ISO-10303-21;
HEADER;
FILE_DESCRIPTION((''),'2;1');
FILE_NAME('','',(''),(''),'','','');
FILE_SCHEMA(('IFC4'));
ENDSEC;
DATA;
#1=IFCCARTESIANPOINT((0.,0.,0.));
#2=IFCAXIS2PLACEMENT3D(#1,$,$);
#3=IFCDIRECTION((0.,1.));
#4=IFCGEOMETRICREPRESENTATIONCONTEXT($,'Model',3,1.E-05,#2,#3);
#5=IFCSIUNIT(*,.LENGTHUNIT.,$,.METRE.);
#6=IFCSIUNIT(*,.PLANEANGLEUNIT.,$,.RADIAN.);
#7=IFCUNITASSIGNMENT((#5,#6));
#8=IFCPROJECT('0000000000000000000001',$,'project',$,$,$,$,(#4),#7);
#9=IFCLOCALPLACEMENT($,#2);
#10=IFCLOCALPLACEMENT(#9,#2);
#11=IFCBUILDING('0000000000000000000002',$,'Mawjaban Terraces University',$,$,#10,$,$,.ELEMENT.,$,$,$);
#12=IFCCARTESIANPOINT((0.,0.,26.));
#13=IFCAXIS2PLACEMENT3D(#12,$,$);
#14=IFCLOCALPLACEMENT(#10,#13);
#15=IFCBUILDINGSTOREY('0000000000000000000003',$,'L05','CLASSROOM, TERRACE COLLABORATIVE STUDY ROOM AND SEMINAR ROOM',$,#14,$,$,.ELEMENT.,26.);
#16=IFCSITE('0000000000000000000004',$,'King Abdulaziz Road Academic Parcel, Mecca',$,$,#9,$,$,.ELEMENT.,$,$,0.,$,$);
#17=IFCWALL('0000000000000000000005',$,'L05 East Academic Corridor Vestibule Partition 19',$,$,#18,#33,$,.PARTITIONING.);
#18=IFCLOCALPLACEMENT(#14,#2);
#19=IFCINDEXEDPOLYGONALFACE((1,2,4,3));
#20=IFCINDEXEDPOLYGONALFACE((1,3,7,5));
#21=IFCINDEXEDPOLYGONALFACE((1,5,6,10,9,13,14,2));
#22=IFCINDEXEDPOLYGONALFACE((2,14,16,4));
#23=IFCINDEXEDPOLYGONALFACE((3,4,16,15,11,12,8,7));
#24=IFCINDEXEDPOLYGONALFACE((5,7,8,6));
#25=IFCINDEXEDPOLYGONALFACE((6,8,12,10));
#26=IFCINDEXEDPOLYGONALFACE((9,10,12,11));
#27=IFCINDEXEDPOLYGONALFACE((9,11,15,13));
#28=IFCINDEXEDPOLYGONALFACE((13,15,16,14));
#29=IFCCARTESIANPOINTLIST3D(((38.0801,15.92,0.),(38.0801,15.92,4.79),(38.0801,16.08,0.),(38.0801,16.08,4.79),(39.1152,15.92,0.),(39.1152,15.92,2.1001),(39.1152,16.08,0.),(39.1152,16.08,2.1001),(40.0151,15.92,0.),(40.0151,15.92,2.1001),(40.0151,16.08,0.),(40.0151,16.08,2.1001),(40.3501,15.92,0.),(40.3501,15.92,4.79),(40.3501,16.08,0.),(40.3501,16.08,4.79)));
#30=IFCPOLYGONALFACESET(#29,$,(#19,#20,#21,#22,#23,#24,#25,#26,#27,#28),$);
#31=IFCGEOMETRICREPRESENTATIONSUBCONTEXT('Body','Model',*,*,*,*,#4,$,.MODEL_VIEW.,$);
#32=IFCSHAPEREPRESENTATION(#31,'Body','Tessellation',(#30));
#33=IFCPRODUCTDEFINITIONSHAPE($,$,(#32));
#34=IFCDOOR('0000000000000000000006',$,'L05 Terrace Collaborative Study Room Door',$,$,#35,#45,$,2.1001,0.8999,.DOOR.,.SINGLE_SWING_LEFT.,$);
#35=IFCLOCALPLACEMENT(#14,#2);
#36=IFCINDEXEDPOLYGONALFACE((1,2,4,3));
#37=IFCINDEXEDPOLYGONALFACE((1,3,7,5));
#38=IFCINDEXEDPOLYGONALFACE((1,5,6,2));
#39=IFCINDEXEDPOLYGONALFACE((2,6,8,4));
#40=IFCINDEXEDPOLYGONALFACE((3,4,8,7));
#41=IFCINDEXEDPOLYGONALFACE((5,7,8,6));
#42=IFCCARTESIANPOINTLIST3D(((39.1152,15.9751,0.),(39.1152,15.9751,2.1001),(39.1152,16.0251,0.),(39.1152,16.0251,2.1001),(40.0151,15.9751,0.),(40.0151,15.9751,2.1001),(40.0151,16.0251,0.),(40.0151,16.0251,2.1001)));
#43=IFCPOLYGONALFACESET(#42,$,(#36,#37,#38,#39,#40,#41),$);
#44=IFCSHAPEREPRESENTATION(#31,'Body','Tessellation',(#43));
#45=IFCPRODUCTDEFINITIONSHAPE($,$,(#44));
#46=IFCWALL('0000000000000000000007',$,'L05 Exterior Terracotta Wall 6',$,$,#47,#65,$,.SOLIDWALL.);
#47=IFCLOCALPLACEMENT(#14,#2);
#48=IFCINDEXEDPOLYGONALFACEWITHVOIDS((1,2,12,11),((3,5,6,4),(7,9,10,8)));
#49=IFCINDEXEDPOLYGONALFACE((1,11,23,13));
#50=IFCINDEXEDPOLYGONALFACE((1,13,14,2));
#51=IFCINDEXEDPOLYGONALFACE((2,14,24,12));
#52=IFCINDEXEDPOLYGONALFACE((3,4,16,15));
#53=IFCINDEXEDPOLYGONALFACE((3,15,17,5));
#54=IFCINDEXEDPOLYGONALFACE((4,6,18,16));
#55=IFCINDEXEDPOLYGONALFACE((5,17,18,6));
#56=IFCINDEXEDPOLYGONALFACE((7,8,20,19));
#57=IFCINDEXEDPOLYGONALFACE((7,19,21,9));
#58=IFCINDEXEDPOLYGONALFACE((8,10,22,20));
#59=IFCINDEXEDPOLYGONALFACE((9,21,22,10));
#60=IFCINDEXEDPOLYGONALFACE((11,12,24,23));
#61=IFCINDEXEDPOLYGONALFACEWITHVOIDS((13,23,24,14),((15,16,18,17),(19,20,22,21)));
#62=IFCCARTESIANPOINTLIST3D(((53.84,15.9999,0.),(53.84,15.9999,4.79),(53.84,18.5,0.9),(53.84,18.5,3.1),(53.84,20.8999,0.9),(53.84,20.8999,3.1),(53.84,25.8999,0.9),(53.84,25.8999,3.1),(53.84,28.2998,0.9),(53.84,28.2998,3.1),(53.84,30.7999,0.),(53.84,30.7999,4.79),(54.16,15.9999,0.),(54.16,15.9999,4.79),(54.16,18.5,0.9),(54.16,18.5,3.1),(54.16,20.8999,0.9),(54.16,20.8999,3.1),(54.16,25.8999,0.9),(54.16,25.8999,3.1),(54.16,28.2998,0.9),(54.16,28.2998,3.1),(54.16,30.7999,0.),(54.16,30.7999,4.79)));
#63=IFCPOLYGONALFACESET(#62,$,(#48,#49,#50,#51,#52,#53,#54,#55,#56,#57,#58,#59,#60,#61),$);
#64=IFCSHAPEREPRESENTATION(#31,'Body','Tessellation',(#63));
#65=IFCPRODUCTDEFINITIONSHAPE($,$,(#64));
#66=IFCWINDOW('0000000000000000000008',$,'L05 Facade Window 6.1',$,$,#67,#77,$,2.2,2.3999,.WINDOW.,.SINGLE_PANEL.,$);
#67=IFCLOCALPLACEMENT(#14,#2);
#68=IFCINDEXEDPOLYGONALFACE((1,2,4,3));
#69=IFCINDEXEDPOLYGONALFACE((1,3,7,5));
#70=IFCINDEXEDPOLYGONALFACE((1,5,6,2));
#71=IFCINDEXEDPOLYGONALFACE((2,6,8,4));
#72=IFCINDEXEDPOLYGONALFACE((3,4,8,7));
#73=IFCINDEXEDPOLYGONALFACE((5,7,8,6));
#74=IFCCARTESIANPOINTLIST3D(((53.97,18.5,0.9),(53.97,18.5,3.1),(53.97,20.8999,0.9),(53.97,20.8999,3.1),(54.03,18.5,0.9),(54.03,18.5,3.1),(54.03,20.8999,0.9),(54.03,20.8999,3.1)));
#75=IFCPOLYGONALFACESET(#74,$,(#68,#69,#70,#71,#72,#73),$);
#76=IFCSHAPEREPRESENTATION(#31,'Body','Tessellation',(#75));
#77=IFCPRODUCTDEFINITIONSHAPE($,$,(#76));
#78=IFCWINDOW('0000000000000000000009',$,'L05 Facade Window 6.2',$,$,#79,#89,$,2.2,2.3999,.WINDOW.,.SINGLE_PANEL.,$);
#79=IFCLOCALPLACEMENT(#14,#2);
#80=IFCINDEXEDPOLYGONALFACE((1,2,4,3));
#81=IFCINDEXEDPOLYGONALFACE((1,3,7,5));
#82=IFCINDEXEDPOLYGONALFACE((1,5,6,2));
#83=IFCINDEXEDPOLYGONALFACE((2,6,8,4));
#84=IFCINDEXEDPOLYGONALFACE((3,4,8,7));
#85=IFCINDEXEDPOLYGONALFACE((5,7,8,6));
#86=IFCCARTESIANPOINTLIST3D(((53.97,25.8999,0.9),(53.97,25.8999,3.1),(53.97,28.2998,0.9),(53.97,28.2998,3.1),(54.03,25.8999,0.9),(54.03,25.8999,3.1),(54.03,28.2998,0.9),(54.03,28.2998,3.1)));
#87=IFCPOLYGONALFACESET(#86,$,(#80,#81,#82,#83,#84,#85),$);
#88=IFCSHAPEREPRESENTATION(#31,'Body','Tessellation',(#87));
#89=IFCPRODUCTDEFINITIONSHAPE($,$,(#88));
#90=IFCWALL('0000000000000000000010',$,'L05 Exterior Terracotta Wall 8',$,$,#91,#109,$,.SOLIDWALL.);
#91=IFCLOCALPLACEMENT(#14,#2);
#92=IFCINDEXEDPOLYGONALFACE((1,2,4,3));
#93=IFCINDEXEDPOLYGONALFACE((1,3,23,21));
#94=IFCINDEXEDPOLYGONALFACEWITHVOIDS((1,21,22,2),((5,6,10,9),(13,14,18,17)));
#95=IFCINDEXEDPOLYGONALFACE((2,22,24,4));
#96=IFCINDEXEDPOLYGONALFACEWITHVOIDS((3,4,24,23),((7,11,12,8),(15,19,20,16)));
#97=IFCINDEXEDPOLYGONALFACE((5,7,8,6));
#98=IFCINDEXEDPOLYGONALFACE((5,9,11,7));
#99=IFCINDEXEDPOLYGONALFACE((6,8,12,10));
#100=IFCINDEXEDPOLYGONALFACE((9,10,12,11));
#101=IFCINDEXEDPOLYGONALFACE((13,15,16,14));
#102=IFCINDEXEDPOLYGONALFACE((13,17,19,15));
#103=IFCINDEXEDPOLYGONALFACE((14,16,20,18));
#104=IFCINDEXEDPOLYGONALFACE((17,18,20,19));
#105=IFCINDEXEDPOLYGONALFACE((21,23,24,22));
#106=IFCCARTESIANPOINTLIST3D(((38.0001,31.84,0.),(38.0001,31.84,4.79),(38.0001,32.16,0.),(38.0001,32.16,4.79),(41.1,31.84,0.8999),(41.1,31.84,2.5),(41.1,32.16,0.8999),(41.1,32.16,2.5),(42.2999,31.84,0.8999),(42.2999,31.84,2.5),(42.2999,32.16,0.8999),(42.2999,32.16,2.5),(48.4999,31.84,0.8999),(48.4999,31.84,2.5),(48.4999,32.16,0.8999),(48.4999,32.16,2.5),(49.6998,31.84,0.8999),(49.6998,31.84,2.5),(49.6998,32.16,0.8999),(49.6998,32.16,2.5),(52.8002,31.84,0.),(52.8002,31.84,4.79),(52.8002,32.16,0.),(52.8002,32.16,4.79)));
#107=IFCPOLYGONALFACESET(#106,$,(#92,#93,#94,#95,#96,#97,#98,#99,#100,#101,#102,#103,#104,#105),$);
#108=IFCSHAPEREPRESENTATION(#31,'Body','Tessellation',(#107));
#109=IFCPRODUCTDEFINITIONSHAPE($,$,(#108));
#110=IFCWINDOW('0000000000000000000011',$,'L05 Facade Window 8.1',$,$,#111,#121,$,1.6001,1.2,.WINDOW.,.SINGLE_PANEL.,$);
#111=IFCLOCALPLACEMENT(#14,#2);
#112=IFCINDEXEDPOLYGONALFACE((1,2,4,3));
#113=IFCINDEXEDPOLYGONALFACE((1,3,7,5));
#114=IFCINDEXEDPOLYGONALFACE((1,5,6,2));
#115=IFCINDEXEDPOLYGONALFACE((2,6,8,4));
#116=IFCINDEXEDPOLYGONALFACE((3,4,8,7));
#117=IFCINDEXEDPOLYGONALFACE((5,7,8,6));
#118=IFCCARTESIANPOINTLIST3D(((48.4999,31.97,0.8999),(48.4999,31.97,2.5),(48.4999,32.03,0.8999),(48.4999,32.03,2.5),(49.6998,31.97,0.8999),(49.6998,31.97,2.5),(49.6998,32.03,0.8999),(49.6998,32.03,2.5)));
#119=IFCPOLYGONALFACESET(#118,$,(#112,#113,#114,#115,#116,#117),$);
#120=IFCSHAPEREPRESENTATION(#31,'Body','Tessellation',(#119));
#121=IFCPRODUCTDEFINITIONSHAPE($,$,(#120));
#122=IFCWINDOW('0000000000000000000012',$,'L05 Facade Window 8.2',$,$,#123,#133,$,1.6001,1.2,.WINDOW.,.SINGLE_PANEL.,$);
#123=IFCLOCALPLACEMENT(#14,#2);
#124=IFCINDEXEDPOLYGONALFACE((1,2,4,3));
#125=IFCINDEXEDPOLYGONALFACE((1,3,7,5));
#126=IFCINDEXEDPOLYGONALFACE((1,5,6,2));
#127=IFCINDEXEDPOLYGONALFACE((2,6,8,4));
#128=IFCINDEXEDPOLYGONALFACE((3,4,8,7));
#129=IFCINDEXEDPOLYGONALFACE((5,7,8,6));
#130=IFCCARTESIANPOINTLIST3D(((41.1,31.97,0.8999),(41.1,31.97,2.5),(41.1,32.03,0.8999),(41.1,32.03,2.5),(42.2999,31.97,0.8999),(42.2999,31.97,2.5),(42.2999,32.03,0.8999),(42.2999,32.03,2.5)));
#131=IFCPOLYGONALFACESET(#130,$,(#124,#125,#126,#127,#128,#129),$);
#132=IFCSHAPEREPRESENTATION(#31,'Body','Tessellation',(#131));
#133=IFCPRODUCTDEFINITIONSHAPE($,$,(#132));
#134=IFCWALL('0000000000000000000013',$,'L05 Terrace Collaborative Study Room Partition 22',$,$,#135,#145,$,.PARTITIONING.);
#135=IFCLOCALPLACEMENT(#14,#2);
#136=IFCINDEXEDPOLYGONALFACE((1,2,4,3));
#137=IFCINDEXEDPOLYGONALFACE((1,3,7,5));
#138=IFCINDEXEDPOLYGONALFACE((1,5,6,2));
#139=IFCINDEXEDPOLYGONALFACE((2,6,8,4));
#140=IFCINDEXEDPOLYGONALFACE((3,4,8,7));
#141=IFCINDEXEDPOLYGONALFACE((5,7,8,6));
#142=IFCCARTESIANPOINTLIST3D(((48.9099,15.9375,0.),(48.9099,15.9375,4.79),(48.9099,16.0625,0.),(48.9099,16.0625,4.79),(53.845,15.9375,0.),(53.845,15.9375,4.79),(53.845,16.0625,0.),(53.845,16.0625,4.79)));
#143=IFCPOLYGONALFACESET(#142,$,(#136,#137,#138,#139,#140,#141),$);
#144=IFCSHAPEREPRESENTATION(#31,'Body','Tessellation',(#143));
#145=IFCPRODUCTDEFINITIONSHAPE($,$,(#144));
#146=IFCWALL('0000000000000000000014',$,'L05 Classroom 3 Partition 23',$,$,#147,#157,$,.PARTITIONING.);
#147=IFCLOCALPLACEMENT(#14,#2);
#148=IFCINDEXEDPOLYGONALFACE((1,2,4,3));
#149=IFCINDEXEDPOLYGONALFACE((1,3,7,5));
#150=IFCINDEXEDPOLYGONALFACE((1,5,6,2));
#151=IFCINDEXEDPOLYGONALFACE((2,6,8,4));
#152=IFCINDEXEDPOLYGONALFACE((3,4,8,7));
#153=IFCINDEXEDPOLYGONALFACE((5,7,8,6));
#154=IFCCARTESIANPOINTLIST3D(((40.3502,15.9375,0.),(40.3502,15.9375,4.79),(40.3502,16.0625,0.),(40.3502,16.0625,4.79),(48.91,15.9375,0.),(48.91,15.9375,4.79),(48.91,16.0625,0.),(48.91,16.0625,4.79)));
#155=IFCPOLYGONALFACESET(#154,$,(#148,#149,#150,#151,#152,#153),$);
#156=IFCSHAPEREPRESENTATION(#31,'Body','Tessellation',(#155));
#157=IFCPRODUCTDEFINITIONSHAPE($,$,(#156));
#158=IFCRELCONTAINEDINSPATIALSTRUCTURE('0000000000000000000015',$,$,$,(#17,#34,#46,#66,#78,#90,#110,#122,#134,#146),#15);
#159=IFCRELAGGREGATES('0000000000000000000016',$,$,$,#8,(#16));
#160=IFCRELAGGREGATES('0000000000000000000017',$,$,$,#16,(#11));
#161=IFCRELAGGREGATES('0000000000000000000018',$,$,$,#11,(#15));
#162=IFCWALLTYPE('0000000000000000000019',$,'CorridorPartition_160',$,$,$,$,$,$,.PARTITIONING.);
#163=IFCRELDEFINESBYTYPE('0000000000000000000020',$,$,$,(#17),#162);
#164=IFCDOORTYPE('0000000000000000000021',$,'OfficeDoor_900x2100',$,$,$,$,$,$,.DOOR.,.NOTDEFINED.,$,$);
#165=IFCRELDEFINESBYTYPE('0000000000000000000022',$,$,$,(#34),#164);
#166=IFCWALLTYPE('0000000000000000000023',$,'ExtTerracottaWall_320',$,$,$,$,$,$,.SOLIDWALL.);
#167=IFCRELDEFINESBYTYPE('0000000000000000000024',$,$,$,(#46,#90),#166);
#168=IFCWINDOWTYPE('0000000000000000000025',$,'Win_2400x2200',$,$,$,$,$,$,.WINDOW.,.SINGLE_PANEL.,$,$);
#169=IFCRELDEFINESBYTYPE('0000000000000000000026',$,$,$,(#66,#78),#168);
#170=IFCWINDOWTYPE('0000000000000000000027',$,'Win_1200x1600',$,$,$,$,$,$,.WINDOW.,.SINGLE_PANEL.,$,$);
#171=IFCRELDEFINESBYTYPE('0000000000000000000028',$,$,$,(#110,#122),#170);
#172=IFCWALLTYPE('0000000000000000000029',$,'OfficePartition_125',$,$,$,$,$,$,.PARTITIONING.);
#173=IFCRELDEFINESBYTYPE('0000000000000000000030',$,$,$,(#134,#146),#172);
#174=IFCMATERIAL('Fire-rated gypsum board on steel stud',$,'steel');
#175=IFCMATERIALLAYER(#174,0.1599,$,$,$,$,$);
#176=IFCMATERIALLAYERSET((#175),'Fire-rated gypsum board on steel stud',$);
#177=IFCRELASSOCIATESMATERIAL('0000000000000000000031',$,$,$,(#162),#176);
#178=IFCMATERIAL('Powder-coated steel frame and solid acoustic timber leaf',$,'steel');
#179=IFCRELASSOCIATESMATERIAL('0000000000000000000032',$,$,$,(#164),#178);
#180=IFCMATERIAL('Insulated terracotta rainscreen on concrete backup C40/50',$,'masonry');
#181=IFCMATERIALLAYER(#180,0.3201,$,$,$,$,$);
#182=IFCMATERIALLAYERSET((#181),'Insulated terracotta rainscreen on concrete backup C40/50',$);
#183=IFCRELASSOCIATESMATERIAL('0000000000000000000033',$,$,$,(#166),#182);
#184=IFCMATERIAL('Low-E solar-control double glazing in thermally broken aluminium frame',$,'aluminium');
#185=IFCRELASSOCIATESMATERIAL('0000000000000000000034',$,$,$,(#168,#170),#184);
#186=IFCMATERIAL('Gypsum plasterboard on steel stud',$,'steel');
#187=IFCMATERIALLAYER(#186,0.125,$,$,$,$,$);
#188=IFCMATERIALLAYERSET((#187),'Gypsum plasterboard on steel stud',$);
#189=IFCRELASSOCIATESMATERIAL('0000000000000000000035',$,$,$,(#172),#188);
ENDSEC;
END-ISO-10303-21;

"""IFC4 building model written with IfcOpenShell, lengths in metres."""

from ifc_helpers import new_model, si_unit, direction, frame, frame_2d, origin, place, context, subcontext, project, spatial, rectangle, extrude, material, layer, layer_set, type_object, element, fill, save


model = new_model("IFC4")

# Units and contexts
model_context = context("Model", 3, precision=1e-05, world=origin(), true_north=direction((0.0, 1.0)))
body_context = subcontext(model_context, "Body", "Model", "MODEL_VIEW")
ifc_project = project(units=[si_unit("LENGTHUNIT", "METRE"), si_unit("PLANEANGLEUNIT", "RADIAN")], contexts=[model_context])

# Site, building, storey
site_placement = place(None, origin())
site = spatial("IfcSite", under=ifc_project, at=site_placement, Name="King Abdulaziz Road Academic Parcel, Mecca", CompositionType="ELEMENT", RefElevation=0.0)
building_placement = place(site_placement, origin())
building = spatial("IfcBuilding", under=site, at=building_placement, Name="Mawjaban Terraces University", CompositionType="ELEMENT")
storey_placement = place(building_placement, frame((0.0, 0.0, 26.0)))
storey = spatial("IfcBuildingStorey", under=building, at=storey_placement, Name="L05", Description="CLASSROOM, TERRACE COLLABORATIVE STUDY ROOM AND SEMINAR ROOM", CompositionType="ELEMENT", Elevation=26.0)

# Wall, opening, door
ifc_material_1 = material(Name="Fire-rated gypsum board on steel stud", Category="steel")
ifc_layer_1 = layer(ifc_material_1, 0.1599)
ifc_layer_set_1 = layer_set([ifc_layer_1], Name="Fire-rated gypsum board on steel stud")
wall_type_1 = type_object("IfcWallType", Name="CorridorPartition_160", PredefinedType="PARTITIONING", material=ifc_layer_set_1)
wall_1_placement = place(storey_placement, frame((40.3501, 16.0, 0.0), z_axis=(0.0, 0.0, 1.0), x_axis=(-1.0, 0.0, 0.0)))
wall_1 = element("IfcWall", 1, at=wall_1_placement, inside=storey, type_object=wall_type_1, Name="L05 East Academic Corridor Vestibule Partition 19", PredefinedType="PARTITIONING", context=body_context, shape_type="SweptSolid", body=[
    extrude(rectangle(XDim=2.27, YDim=0.1599, at=frame_2d((1.135, 0.0))), origin(), (0.0, 0.0, 1.0), 4.79),
])
opening_1_placement = place(wall_1_placement, frame((0.335, 0.0, 0.0)))
opening_1 = element("IfcOpeningElement", 2, at=opening_1_placement, cuts=wall_1, PredefinedType="OPENING", context=body_context, shape_type="SweptSolid", body=[
    extrude(rectangle(XDim=0.8999, YDim=2.1001, at=frame_2d((0.45, 1.05))), frame((0.0, 0.0898, 0.0), z_axis=(0.0, -1.0, 0.0), x_axis=(1.0, 0.0, 0.0)), (0.0, 0.0, 1.0), 0.1799),
])
ifc_material_2 = material(Name="Powder-coated steel frame and solid acoustic timber leaf", Category="steel")
door_type = type_object("IfcDoorType", Name="OfficeDoor_900x2100", OperationType="NOTDEFINED", PredefinedType="DOOR", material=ifc_material_2)
door_placement = place(opening_1_placement, origin())
door = element("IfcDoor", 3, at=door_placement, inside=storey, type_object=door_type, Name="L05 Terrace Collaborative Study Room Door", OperationType="SINGLE_SWING_LEFT", OverallHeight=2.1001, OverallWidth=0.8999, PredefinedType="DOOR", context=body_context, shape_type="SweptSolid", body=[
    extrude(rectangle(XDim=0.8999, YDim=2.1001, at=frame_2d((0.45, 1.05))), frame((0.0, 0.0249, 0.0), z_axis=(0.0, -1.0, 0.0), x_axis=(1.0, 0.0, 0.0)), (0.0, 0.0, 1.0), 0.05),
])
fill(opening_1, door)

# Walls, openings, windows
ifc_material_3 = material(Name="Insulated terracotta rainscreen on concrete backup C40/50", Category="masonry")
ifc_layer_2 = layer(ifc_material_3, 0.3201)
ifc_layer_set_2 = layer_set([ifc_layer_2], Name="Insulated terracotta rainscreen on concrete backup C40/50")
wall_type_2 = type_object("IfcWallType", Name="ExtTerracottaWall_320", PredefinedType="SOLIDWALL", material=ifc_layer_set_2)
wall_2_placement = place(storey_placement, frame((54.0, 16.0, 0.0), z_axis=(0.0, 0.0, 1.0), x_axis=(0.0, 1.0, 0.0)))
wall_2 = element("IfcWall", 4, at=wall_2_placement, inside=storey, type_object=wall_type_2, Name="L05 Exterior Terracotta Wall 6", PredefinedType="SOLIDWALL", context=body_context, shape_type="SweptSolid", body=[
    extrude(rectangle(XDim=14.8, YDim=0.3201, at=frame_2d((7.3999, 0.0))), origin(), (0.0, 0.0, 1.0), 4.79),
])
opening_2_placement = place(wall_2_placement, frame((2.5, 0.0, 0.8999)))
opening_2 = element("IfcOpeningElement", 5, at=opening_2_placement, cuts=wall_2, PredefinedType="OPENING", context=body_context, shape_type="SweptSolid", body=[
    extrude(rectangle(XDim=2.3999, YDim=2.2, at=frame_2d((1.2, 1.1001))), frame((0.0, 0.1699, 0.0), z_axis=(0.0, -1.0, 0.0), x_axis=(1.0, 0.0, 0.0)), (0.0, 0.0, 1.0), 0.3401),
])
opening_3_placement = place(wall_2_placement, frame((9.8999, 0.0, 0.8999)))
opening_3 = element("IfcOpeningElement", 6, at=opening_3_placement, cuts=wall_2, PredefinedType="OPENING", context=body_context, shape_type="SweptSolid", body=[
    extrude(rectangle(XDim=2.3999, YDim=2.2, at=frame_2d((1.2, 1.1001))), frame((0.0, 0.1699, 0.0), z_axis=(0.0, -1.0, 0.0), x_axis=(1.0, 0.0, 0.0)), (0.0, 0.0, 1.0), 0.3401),
])
ifc_material_4 = material(Name="Low-E solar-control double glazing in thermally broken aluminium frame", Category="aluminium")
window_type_1 = type_object("IfcWindowType", Name="Win_2400x2200", PartitioningType="SINGLE_PANEL", PredefinedType="WINDOW", material=ifc_material_4)
window_1_placement = place(opening_2_placement, origin())
window_1 = element("IfcWindow", 7, at=window_1_placement, inside=storey, type_object=window_type_1, Name="L05 Facade Window 6.1", OverallHeight=2.2, OverallWidth=2.3999, PartitioningType="SINGLE_PANEL", PredefinedType="WINDOW", context=body_context, shape_type="SweptSolid", body=[
    extrude(rectangle(XDim=2.3999, YDim=2.2, at=frame_2d((1.2, 1.1001))), frame((0.0, 0.03, 0.0), z_axis=(0.0, -1.0, 0.0), x_axis=(1.0, 0.0, 0.0)), (0.0, 0.0, 1.0), 0.0601),
])
fill(opening_2, window_1)
window_2_placement = place(opening_3_placement, origin())
window_2 = element("IfcWindow", 8, at=window_2_placement, inside=storey, type_object=window_type_1, Name="L05 Facade Window 6.2", OverallHeight=2.2, OverallWidth=2.3999, PartitioningType="SINGLE_PANEL", PredefinedType="WINDOW", context=body_context, shape_type="SweptSolid", body=[
    extrude(rectangle(XDim=2.3999, YDim=2.2, at=frame_2d((1.2, 1.1001))), frame((0.0, 0.03, 0.0), z_axis=(0.0, -1.0, 0.0), x_axis=(1.0, 0.0, 0.0)), (0.0, 0.0, 1.0), 0.0601),
])
fill(opening_3, window_2)
wall_3_placement = place(storey_placement, frame((52.8, 32.0, 0.0), z_axis=(0.0, 0.0, 1.0), x_axis=(-1.0, 0.0, 0.0)))
wall_3 = element("IfcWall", 9, at=wall_3_placement, inside=storey, type_object=wall_type_2, Name="L05 Exterior Terracotta Wall 8", PredefinedType="SOLIDWALL", context=body_context, shape_type="SweptSolid", body=[
    extrude(rectangle(XDim=14.8, YDim=0.3201, at=frame_2d((7.3999, 0.0))), origin(), (0.0, 0.0, 1.0), 4.79),
])
opening_4_placement = place(wall_3_placement, frame((3.1001, 0.0, 0.8999)))
opening_4 = element("IfcOpeningElement", 10, at=opening_4_placement, cuts=wall_3, PredefinedType="OPENING", context=body_context, shape_type="SweptSolid", body=[
    extrude(rectangle(XDim=1.2, YDim=1.6001, at=frame_2d((0.6001, 0.8))), frame((0.0, 0.1699, 0.0), z_axis=(0.0, -1.0, 0.0), x_axis=(1.0, 0.0, 0.0)), (0.0, 0.0, 1.0), 0.3401),
])
opening_5_placement = place(wall_3_placement, frame((10.5, 0.0, 0.8999)))
opening_5 = element("IfcOpeningElement", 11, at=opening_5_placement, cuts=wall_3, PredefinedType="OPENING", context=body_context, shape_type="SweptSolid", body=[
    extrude(rectangle(XDim=1.2, YDim=1.6001, at=frame_2d((0.6001, 0.8))), frame((0.0, 0.1699, 0.0), z_axis=(0.0, -1.0, 0.0), x_axis=(1.0, 0.0, 0.0)), (0.0, 0.0, 1.0), 0.3401),
])
window_type_2 = type_object("IfcWindowType", Name="Win_1200x1600", PartitioningType="SINGLE_PANEL", PredefinedType="WINDOW", material=ifc_material_4)
window_3_placement = place(opening_4_placement, origin())
window_3 = element("IfcWindow", 12, at=window_3_placement, inside=storey, type_object=window_type_2, Name="L05 Facade Window 8.1", OverallHeight=1.6001, OverallWidth=1.2, PartitioningType="SINGLE_PANEL", PredefinedType="WINDOW", context=body_context, shape_type="SweptSolid", body=[
    extrude(rectangle(XDim=1.2, YDim=1.6001, at=frame_2d((0.6001, 0.8))), frame((0.0, 0.03, 0.0), z_axis=(0.0, -1.0, 0.0), x_axis=(1.0, 0.0, 0.0)), (0.0, 0.0, 1.0), 0.0601),
])
fill(opening_4, window_3)
window_4_placement = place(opening_5_placement, origin())
window_4 = element("IfcWindow", 13, at=window_4_placement, inside=storey, type_object=window_type_2, Name="L05 Facade Window 8.2", OverallHeight=1.6001, OverallWidth=1.2, PartitioningType="SINGLE_PANEL", PredefinedType="WINDOW", context=body_context, shape_type="SweptSolid", body=[
    extrude(rectangle(XDim=1.2, YDim=1.6001, at=frame_2d((0.6001, 0.8))), frame((0.0, 0.03, 0.0), z_axis=(0.0, -1.0, 0.0), x_axis=(1.0, 0.0, 0.0)), (0.0, 0.0, 1.0), 0.0601),
])
fill(opening_5, window_4)

# Walls
ifc_material_5 = material(Name="Gypsum plasterboard on steel stud", Category="steel")
ifc_layer_3 = layer(ifc_material_5, 0.125)
ifc_layer_set_3 = layer_set([ifc_layer_3], Name="Gypsum plasterboard on steel stud")
wall_type_3 = type_object("IfcWallType", Name="OfficePartition_125", PredefinedType="PARTITIONING", material=ifc_layer_set_3)
wall_4_placement = place(storey_placement, frame((48.9099, 16.0, 0.0), z_axis=(0.0, 0.0, 1.0), x_axis=(1.0, 0.0, 0.0)))
element("IfcWall", 14, at=wall_4_placement, inside=storey, type_object=wall_type_3, Name="L05 Terrace Collaborative Study Room Partition 22", PredefinedType="PARTITIONING", context=body_context, shape_type="SweptSolid", body=[
    extrude(rectangle(XDim=4.9351, YDim=0.125, at=frame_2d((2.4675, 0.0))), origin(), (0.0, 0.0, 1.0), 4.79),
])
wall_5_placement = place(storey_placement, frame((48.9099, 16.0, 0.0), z_axis=(0.0, 0.0, 1.0), x_axis=(-1.0, 0.0, 0.0)))
element("IfcWall", 15, at=wall_5_placement, inside=storey, type_object=wall_type_3, Name="L05 Classroom 3 Partition 23", PredefinedType="PARTITIONING", context=body_context, shape_type="SweptSolid", body=[
    extrude(rectangle(XDim=8.5598, YDim=0.125, at=frame_2d((4.2798, 0.0))), origin(), (0.0, 0.0, 1.0), 4.79),
])

save(model, "model.ifc")
